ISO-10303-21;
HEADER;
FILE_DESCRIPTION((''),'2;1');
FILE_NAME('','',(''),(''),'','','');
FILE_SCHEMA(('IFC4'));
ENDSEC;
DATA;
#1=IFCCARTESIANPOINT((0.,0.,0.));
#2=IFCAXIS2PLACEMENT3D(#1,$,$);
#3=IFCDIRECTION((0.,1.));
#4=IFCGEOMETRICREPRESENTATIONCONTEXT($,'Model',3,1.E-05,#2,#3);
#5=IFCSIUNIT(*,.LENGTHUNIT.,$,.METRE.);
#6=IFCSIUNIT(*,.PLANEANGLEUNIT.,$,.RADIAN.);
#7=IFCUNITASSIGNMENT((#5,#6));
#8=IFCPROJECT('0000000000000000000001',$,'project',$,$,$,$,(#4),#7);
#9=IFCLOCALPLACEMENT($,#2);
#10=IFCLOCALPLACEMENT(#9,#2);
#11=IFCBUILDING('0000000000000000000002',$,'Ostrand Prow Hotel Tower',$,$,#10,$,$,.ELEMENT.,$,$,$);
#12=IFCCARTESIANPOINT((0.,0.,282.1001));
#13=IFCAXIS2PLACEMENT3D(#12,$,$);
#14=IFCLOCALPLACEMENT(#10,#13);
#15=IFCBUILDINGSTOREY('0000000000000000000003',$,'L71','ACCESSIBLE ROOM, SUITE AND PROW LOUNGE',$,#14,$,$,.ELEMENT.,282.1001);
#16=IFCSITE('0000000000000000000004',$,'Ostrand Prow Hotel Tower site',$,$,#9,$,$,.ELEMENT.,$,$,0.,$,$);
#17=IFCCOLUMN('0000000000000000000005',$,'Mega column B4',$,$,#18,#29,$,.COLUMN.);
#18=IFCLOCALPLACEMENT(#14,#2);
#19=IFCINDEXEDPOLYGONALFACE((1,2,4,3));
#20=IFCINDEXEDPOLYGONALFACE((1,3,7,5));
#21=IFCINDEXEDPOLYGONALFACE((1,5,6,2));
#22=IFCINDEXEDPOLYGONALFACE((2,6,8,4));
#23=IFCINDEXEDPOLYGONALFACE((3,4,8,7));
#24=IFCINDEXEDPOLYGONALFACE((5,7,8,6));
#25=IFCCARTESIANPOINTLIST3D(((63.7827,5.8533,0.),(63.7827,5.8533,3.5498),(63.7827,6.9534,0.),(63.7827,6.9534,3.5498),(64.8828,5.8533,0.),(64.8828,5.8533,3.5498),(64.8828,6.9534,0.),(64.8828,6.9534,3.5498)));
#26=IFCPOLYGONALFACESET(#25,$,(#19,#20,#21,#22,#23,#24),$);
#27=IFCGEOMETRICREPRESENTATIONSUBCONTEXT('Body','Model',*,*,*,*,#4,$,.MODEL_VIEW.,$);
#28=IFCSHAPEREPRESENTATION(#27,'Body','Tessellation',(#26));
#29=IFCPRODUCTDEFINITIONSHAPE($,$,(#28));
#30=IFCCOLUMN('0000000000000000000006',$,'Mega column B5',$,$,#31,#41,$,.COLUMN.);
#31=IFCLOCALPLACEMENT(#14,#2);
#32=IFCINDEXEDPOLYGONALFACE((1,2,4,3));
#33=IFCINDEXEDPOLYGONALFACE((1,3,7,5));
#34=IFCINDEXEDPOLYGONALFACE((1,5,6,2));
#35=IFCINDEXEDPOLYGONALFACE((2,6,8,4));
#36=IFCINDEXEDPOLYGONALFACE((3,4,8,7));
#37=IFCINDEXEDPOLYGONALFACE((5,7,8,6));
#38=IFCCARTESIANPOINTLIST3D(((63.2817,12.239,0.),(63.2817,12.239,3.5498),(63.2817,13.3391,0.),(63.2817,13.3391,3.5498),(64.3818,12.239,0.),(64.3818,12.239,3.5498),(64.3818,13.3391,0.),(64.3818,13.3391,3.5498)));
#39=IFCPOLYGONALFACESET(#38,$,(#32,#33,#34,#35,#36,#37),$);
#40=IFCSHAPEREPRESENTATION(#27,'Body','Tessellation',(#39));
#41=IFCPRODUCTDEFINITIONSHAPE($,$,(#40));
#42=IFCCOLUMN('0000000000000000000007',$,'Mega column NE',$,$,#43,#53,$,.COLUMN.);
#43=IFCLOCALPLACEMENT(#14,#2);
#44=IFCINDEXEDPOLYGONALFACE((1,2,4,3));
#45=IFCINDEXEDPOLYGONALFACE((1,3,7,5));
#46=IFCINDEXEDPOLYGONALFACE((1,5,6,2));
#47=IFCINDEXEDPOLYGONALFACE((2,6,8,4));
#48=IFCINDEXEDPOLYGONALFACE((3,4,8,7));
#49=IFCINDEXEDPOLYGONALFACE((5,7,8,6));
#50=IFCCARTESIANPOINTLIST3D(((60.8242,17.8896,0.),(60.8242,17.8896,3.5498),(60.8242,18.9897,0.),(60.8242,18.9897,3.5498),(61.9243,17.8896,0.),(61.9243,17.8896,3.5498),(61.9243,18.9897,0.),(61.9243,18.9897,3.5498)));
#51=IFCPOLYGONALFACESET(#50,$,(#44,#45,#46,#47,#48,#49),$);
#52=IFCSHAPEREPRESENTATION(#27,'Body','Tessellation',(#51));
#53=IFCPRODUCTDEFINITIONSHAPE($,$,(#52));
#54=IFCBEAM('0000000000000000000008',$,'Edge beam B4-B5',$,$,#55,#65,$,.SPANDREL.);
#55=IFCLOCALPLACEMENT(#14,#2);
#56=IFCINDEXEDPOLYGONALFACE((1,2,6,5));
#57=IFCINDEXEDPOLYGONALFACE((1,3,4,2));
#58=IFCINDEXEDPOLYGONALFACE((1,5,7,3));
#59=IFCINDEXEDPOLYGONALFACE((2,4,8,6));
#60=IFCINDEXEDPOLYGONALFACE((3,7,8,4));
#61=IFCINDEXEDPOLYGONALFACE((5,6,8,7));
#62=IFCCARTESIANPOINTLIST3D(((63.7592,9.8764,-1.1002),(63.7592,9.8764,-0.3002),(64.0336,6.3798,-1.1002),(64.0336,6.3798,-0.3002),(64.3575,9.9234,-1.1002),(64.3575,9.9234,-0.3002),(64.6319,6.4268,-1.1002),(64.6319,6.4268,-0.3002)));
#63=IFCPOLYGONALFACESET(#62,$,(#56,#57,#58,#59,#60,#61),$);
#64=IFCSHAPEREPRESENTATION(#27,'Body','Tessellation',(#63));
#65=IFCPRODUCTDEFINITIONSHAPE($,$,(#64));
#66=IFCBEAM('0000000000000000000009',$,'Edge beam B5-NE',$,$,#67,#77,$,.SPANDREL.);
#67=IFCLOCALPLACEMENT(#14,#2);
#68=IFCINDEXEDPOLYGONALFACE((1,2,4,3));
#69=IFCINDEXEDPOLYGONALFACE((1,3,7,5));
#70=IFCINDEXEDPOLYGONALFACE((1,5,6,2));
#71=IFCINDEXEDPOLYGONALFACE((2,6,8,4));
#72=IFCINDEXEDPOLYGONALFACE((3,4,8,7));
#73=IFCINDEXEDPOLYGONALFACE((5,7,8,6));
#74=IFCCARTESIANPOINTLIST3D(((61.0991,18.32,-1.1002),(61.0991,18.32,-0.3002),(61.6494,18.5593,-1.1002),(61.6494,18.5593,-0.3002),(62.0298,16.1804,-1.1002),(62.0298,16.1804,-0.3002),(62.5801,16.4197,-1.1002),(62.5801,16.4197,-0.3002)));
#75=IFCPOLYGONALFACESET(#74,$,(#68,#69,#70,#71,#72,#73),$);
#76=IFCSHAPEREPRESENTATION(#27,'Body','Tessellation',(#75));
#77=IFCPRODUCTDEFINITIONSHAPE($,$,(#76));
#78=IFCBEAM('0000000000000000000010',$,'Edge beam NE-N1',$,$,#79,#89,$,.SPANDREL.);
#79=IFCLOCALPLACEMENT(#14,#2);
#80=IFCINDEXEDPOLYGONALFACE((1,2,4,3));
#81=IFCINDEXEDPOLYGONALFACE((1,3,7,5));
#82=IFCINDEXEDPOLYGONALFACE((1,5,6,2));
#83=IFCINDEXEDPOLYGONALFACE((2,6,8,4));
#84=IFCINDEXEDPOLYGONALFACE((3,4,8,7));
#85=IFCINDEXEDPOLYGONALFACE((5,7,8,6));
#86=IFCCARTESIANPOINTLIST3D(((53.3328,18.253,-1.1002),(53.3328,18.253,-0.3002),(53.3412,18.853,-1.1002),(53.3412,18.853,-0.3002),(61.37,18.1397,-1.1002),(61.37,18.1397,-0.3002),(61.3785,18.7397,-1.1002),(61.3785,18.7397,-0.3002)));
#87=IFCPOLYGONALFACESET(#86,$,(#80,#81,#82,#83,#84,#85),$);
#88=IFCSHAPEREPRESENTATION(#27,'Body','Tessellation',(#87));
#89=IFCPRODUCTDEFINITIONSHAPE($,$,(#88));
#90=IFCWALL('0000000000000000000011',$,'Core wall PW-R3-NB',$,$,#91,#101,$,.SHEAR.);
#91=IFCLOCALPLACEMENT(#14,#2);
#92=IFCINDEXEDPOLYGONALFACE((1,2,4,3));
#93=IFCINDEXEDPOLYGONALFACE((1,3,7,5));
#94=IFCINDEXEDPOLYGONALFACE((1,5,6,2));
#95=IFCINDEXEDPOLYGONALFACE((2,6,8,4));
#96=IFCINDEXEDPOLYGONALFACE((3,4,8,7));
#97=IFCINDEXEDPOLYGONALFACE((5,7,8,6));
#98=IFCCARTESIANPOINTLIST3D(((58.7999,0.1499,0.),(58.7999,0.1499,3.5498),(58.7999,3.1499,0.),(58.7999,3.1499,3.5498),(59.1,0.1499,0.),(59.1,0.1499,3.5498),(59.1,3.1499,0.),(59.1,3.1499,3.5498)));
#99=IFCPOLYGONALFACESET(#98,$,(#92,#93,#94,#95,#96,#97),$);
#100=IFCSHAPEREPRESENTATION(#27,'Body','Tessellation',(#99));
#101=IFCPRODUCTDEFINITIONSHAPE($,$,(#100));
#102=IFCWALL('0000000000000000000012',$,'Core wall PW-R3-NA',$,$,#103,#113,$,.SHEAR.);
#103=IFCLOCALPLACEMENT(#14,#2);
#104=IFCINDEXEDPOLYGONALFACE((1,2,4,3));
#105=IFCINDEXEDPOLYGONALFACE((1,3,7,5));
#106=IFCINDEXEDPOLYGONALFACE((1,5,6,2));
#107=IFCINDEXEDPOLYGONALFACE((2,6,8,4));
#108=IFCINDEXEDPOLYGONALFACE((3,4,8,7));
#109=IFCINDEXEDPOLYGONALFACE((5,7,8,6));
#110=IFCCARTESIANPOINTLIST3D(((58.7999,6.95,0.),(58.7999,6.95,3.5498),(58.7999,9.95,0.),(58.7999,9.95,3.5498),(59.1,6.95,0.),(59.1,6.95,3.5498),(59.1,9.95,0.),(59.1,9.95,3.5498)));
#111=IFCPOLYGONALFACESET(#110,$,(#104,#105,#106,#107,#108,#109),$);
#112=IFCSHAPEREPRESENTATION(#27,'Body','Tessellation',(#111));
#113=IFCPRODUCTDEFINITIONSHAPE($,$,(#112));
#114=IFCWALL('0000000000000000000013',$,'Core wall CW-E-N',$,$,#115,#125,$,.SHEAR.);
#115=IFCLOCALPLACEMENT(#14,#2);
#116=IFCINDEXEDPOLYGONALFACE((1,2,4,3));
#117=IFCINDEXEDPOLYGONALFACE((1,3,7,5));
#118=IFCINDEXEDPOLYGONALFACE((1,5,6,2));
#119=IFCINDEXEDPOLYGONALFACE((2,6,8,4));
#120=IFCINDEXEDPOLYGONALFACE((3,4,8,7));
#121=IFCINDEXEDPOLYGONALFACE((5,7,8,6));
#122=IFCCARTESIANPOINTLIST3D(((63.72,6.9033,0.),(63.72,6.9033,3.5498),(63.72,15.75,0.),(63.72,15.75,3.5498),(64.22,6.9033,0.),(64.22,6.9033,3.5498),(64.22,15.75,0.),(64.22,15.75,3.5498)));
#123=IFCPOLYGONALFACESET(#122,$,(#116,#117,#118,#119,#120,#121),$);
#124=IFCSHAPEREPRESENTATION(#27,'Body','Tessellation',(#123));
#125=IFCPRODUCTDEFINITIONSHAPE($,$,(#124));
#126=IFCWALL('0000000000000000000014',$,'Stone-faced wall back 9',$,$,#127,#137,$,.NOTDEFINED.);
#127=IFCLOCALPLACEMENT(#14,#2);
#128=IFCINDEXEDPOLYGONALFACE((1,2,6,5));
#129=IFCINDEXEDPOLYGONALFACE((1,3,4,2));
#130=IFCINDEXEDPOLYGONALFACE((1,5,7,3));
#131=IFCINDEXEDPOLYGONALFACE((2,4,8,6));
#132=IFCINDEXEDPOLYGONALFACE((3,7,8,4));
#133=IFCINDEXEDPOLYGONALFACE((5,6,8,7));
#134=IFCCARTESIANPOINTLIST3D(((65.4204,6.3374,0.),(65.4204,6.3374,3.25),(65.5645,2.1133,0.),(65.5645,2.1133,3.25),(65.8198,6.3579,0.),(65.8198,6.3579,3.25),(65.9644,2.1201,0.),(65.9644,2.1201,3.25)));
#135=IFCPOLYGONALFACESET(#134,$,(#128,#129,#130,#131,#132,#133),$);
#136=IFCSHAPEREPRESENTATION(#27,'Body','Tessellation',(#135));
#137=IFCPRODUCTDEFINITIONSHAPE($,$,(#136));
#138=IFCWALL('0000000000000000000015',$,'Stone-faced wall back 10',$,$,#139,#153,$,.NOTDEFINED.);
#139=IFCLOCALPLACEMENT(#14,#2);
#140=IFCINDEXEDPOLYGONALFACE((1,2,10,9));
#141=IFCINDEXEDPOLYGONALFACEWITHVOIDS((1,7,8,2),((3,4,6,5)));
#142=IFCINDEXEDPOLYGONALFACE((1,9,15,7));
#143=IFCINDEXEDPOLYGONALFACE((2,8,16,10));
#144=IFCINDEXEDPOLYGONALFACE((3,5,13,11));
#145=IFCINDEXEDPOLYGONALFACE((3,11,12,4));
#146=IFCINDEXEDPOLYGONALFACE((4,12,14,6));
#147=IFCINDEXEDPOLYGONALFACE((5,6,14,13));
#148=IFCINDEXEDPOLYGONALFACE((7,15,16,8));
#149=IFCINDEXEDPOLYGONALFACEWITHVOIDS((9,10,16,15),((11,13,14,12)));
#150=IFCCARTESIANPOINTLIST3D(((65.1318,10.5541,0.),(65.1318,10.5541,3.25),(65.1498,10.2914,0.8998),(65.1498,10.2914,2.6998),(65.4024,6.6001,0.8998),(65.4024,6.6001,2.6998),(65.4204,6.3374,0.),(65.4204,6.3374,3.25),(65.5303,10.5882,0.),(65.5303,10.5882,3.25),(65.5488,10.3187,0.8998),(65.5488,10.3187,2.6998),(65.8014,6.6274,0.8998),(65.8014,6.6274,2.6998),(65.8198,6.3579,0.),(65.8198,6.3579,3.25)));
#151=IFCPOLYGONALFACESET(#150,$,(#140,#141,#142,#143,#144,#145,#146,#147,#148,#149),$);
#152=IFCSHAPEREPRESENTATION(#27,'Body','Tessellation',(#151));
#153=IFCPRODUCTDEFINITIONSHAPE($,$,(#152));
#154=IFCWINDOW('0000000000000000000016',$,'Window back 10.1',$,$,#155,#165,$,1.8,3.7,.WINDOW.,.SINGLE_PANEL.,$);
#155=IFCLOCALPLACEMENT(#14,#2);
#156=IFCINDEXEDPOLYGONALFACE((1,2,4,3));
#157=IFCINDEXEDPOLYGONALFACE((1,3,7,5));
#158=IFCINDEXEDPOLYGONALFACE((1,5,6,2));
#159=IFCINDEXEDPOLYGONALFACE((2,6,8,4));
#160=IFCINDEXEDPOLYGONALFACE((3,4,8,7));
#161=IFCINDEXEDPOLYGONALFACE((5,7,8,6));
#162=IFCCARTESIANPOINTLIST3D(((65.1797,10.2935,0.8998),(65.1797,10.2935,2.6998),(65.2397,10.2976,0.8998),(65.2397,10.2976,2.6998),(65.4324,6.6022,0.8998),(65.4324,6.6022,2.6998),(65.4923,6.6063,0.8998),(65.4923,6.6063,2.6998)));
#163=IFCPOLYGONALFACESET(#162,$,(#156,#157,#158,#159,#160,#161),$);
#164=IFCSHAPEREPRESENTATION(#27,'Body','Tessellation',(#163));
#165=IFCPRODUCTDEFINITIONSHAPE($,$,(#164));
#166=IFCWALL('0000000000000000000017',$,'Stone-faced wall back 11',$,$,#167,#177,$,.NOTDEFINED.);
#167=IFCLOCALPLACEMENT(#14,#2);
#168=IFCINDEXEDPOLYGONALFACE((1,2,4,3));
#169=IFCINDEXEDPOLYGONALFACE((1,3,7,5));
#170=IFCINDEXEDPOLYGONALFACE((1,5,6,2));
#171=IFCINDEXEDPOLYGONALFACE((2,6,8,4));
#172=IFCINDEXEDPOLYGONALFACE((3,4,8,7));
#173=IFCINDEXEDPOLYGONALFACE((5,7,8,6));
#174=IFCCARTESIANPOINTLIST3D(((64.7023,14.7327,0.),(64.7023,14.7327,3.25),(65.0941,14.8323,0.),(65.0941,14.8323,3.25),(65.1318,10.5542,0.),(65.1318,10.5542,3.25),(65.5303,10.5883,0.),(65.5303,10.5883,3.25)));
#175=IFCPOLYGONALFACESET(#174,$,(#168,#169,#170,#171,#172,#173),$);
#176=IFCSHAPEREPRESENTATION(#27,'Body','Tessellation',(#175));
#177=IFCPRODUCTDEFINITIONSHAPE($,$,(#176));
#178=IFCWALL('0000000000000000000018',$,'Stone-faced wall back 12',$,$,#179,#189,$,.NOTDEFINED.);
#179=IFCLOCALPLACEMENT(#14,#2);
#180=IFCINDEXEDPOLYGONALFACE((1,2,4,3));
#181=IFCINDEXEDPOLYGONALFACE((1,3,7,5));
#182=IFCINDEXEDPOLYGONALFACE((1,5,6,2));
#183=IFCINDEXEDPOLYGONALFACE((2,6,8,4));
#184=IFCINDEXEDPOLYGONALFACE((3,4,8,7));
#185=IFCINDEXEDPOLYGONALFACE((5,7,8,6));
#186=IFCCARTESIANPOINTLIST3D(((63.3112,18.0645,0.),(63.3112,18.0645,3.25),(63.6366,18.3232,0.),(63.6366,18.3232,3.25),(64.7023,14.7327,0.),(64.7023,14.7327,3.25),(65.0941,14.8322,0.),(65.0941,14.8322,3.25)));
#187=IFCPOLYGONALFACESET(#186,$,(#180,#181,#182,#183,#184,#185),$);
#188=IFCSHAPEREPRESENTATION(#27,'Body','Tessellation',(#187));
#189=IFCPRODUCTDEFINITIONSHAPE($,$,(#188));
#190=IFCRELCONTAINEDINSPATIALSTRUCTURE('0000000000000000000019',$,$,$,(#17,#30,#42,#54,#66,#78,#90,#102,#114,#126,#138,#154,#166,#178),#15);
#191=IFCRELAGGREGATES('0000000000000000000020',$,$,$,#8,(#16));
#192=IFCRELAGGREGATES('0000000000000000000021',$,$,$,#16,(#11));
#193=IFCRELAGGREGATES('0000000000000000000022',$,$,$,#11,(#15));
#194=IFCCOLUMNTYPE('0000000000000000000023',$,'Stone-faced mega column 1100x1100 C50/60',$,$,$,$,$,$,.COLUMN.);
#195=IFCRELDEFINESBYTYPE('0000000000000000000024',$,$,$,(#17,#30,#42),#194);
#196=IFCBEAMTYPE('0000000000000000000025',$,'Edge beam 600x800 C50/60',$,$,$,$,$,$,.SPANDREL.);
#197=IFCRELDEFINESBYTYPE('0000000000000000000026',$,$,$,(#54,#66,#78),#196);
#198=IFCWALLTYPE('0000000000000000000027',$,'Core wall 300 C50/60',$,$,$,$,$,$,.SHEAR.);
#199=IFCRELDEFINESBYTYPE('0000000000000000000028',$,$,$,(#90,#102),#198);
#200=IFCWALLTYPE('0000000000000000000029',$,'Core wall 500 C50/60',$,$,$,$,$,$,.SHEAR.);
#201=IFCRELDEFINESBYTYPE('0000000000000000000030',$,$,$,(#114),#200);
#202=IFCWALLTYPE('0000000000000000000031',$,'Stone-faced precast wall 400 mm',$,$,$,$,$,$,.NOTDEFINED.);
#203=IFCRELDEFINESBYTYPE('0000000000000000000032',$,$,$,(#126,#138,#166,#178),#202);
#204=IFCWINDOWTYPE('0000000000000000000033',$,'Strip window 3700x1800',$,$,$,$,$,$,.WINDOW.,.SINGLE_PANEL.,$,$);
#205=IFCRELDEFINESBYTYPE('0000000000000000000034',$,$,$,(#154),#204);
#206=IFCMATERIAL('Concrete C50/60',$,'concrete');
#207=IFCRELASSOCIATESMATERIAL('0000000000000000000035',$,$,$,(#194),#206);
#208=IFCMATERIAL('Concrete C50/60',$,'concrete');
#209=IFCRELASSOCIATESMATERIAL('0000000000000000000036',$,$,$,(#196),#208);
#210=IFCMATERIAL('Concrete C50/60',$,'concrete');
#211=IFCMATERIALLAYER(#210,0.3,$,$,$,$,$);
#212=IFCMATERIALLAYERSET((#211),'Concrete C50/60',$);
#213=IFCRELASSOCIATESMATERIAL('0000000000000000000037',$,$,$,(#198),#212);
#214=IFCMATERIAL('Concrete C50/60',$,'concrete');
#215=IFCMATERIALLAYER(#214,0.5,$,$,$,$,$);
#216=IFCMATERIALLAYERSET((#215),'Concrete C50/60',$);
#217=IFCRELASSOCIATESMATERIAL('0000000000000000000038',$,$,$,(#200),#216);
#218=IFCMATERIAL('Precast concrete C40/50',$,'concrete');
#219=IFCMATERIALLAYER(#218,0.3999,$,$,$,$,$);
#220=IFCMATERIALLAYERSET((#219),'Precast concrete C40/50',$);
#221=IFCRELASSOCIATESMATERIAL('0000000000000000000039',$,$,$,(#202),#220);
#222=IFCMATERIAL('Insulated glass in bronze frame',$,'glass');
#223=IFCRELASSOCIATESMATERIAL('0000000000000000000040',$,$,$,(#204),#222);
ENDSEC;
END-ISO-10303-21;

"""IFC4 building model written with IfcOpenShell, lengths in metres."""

from ifc_helpers import new_model, si_unit, direction, frame, frame_2d, origin, origin_2d, place, context, subcontext, project, spatial, polyline, rectangle, outline, extrude, material, layer, layer_set, material_profile, profile_set, type_object, element, fill, save


model = new_model("IFC4")

# Units and contexts
model_context = context("Model", 3, precision=1e-05, world=origin(), true_north=direction((0.0, 1.0)))
body_context = subcontext(model_context, "Body", "Model", "MODEL_VIEW")
ifc_project = project(units=[si_unit("LENGTHUNIT", "METRE"), si_unit("PLANEANGLEUNIT", "RADIAN")], contexts=[model_context])

# Site, building, storey
site_placement = place(None, origin())
site = spatial("IfcSite", under=ifc_project, at=site_placement, Name="Ostrand Prow Hotel Tower site", CompositionType="ELEMENT", RefElevation=0.0)
building_placement = place(site_placement, origin())
building = spatial("IfcBuilding", under=site, at=building_placement, Name="Ostrand Prow Hotel Tower", CompositionType="ELEMENT")
storey_placement = place(building_placement, frame((0.0, 0.0, 282.1001)))
storey = spatial("IfcBuildingStorey", under=building, at=storey_placement, Name="L71", Description="ACCESSIBLE ROOM, SUITE AND PROW LOUNGE", CompositionType="ELEMENT", Elevation=282.1001)

# Columns
ifc_material_1 = material(Name="Concrete C50/60", Category="concrete")
ifc_material_profile_1 = material_profile(ifc_material_1, rectangle(XDim=1.1001, YDim=1.1001, at=origin_2d()), Name="RC 1100x1100")
ifc_profile_set_1 = profile_set([ifc_material_profile_1], Name="Concrete C50/60")
column_type = type_object("IfcColumnType", Name="Stone-faced mega column 1100x1100 C50/60", PredefinedType="COLUMN", material=ifc_profile_set_1)
for number, where, z_axis, x_axis, name in (
    (1, (64.3328, 6.4033, 0.0), (0.0, 0.0, 1.0), (1.0, 0.0, 0.0), "Mega column B4"),
    (2, (63.8318, 12.7891, 0.0), (0.0, 0.0, 1.0), (1.0, 0.0, 0.0), "Mega column B5"),
    (3, (61.3743, 18.4397, 0.0), (0.0, 0.0, 1.0), (1.0, 0.0, 0.0), "Mega column NE"),
):
    element("IfcColumn", number, at=place(storey_placement, frame(where, z_axis=z_axis, x_axis=x_axis)), inside=storey, type_object=column_type, Name=name, PredefinedType="COLUMN", context=body_context, shape_type="SweptSolid", body=[
        extrude(rectangle(XDim=1.1001, YDim=1.1001, at=origin_2d()), origin(), (0.0, 0.0, 1.0), 3.5498),
    ])

# Beams
ifc_material_2 = material(Name="Concrete C50/60", Category="concrete")
ifc_material_profile_2 = material_profile(ifc_material_2, rectangle(XDim=0.6001, YDim=0.8, at=origin_2d()), Name="RC 600x800")
ifc_profile_set_2 = profile_set([ifc_material_profile_2], Name="Concrete C50/60")
beam_type = type_object("IfcBeamType", Name="Edge beam 600x800 C50/60", PredefinedType="SPANDREL", material=ifc_profile_set_2)
beam_1_placement = place(storey_placement, frame((64.3328, 6.4033, -0.7002), z_axis=(-0.07824, 0.996935, 0.0), x_axis=(-0.996935, -0.07824, 0.0)))
element("IfcBeam", 4, at=beam_1_placement, inside=storey, type_object=beam_type, Name="Edge beam B4-B5", PredefinedType="SPANDREL", context=body_context, shape_type="SweptSolid", body=[
    extrude(rectangle(XDim=0.6001, YDim=0.8, at=origin_2d()), origin(), (0.0, 0.0, 1.0), 3.5073),
])
beam_2_placement = place(storey_placement, frame((62.3049, 16.3, -0.7002), z_axis=(-0.398864, 0.91701, 0.0), x_axis=(-0.91701, -0.398864, 0.0)))
element("IfcBeam", 5, at=beam_2_placement, inside=storey, type_object=beam_type, Name="Edge beam B5-NE", PredefinedType="SPANDREL", context=body_context, shape_type="SweptSolid", body=[
    extrude(rectangle(XDim=0.6001, YDim=0.8, at=origin_2d()), origin(), (0.0, 0.0, 1.0), 2.3333),
])
beam_3_placement = place(storey_placement, frame((61.3743, 18.4397, -0.7002), z_axis=(-0.999901, 0.014093, 0.0), x_axis=(-0.014093, -0.999901, 0.0)))
element("IfcBeam", 6, at=beam_3_placement, inside=storey, type_object=beam_type, Name="Edge beam NE-N1", PredefinedType="SPANDREL", context=body_context, shape_type="SweptSolid", body=[
    extrude(rectangle(XDim=0.6001, YDim=0.8, at=origin_2d()), origin(), (0.0, 0.0, 1.0), 8.0381),
])

# Walls
ifc_material_3 = material(Name="Concrete C50/60", Category="concrete")
ifc_layer_1 = layer(ifc_material_3, 0.3)
ifc_layer_set_1 = layer_set([ifc_layer_1], Name="Concrete C50/60")
wall_type_1 = type_object("IfcWallType", Name="Core wall 300 C50/60", PredefinedType="SHEAR", material=ifc_layer_set_1)
for number, where, z_axis, x_axis, name in (
    (7, (58.95, 0.1499, 0.0), (0.0, 0.0, 1.0), (0.0, 1.0, 0.0), "Core wall PW-R3-NB"),
    (8, (58.95, 6.95, 0.0), (0.0, 0.0, 1.0), (0.0, 1.0, 0.0), "Core wall PW-R3-NA"),
):
    element("IfcWall", number, at=place(storey_placement, frame(where, z_axis=z_axis, x_axis=x_axis)), inside=storey, type_object=wall_type_1, Name=name, PredefinedType="SHEAR", context=body_context, shape_type="SweptSolid", body=[
        extrude(rectangle(XDim=3.0, YDim=0.3, at=frame_2d((1.5, 0.0))), origin(), (0.0, 0.0, 1.0), 3.5498),
    ])
ifc_material_4 = material(Name="Concrete C50/60", Category="concrete")
ifc_layer_2 = layer(ifc_material_4, 0.5)
ifc_layer_set_2 = layer_set([ifc_layer_2], Name="Concrete C50/60")
wall_type_2 = type_object("IfcWallType", Name="Core wall 500 C50/60", PredefinedType="SHEAR", material=ifc_layer_set_2)
wall_1_placement = place(storey_placement, frame((63.97, 6.9033, 0.0), z_axis=(0.0, 0.0, 1.0), x_axis=(0.0, 1.0, 0.0)))
element("IfcWall", 9, at=wall_1_placement, inside=storey, type_object=wall_type_2, Name="Core wall CW-E-N", PredefinedType="SHEAR", context=body_context, shape_type="SweptSolid", body=[
    extrude(rectangle(XDim=8.8467, YDim=0.5, at=frame_2d((4.4233, 0.0))), origin(), (0.0, 0.0, 1.0), 3.5498),
])
ifc_material_5 = material(Name="Precast concrete C40/50", Category="concrete")
ifc_layer_3 = layer(ifc_material_5, 0.3999)
ifc_layer_set_3 = layer_set([ifc_layer_3], Name="Precast concrete C40/50")
wall_type_3 = type_object("IfcWallType", Name="Stone-faced precast wall 400 mm", PredefinedType="NOTDEFINED", material=ifc_layer_set_3)
wall_2_placement = place(storey_placement, frame((65.7644, 2.1167, 0.0), z_axis=(0.0, 0.0, 1.0), x_axis=(-0.034083, 0.999419, 0.0)))
element("IfcWall", 10, at=wall_2_placement, inside=storey, type_object=wall_type_3, Name="Stone-faced wall back 9", PredefinedType="NOTDEFINED", context=body_context, shape_type="SweptSolid", body=[
    extrude(outline(polyline([(-0.0034, -0.2), (4.2368, -0.2), (4.23, 0.2), (0.0034, 0.2), (-0.0034, -0.2)])), origin(), (0.0, 0.0, 1.0), 3.25),
])

# Wall, opening, window
wall_3_placement = place(storey_placement, frame((65.6201, 6.3477, 0.0), z_axis=(0.0, 0.0, 1.0), x_axis=(-0.06828, 0.997666, 0.0)))
wall_3 = element("IfcWall", 11, at=wall_3_placement, inside=storey, type_object=wall_type_3, Name="Stone-faced wall back 10", PredefinedType="NOTDEFINED", context=body_context, shape_type="SweptSolid", body=[
    extrude(outline(polyline([(-0.0034, -0.2), (4.2368, -0.2), (4.23, 0.2), (0.0034, 0.2), (-0.0034, -0.2)])), origin(), (0.0, 0.0, 1.0), 3.25),
])
opening_placement = place(wall_3_placement, frame((0.2666, 0.0, 0.8999)))
opening = element("IfcOpeningElement", 12, at=opening_placement, cuts=wall_3, PredefinedType="OPENING", context=body_context, shape_type="SweptSolid", body=[
    extrude(rectangle(XDim=3.7, YDim=1.8, at=frame_2d((1.8501, 0.8999))), frame((0.0, 0.21, 0.0), z_axis=(0.0, -1.0, 0.0), x_axis=(1.0, 0.0, 0.0)), (0.0, 0.0, 1.0), 0.4199),
])
ifc_material_6 = material(Name="Insulated glass in bronze frame", Category="glass")
window_type = type_object("IfcWindowType", Name="Strip window 3700x1800", PartitioningType="SINGLE_PANEL", PredefinedType="WINDOW", material=ifc_material_6)
window_placement = place(opening_placement, origin())
window = element("IfcWindow", 13, at=window_placement, inside=storey, type_object=window_type, Name="Window back 10.1", OverallHeight=1.8, OverallWidth=3.7, PartitioningType="SINGLE_PANEL", PredefinedType="WINDOW", context=body_context, shape_type="SweptSolid", body=[
    extrude(rectangle(XDim=3.7, YDim=1.8, at=frame_2d((1.8501, 0.8999))), frame((0.0, 0.1699, 0.0), z_axis=(0.0, -1.0, 0.0), x_axis=(1.0, 0.0, 0.0)), (0.0, 0.0, 1.0), 0.0601),
])
fill(opening, window)

# Walls
wall_4_placement = place(storey_placement, frame((65.3311, 10.5713, 0.0), z_axis=(0.0, 0.0, 1.0), x_axis=(-0.10225, 0.994759, 0.0)))
element("IfcWall", 14, at=wall_4_placement, inside=storey, type_object=wall_type_3, Name="Stone-faced wall back 11", PredefinedType="NOTDEFINED", context=body_context, shape_type="SweptSolid", body=[
    extrude(outline(polyline([(-0.0034, -0.2), (4.2629, -0.2), (4.2039, 0.2), (0.0034, 0.2), (-0.0034, -0.2)])), origin(), (0.0, 0.0, 1.0), 3.25),
])
wall_5_placement = place(storey_placement, frame((64.8982, 14.7825, 0.0), z_axis=(0.0, 0.0, 1.0), x_axis=(-0.385286, 0.922797, 0.0)))
element("IfcWall", 15, at=wall_5_placement, inside=storey, type_object=wall_type_3, Name="Stone-faced wall back 12", PredefinedType="NOTDEFINED", context=body_context, shape_type="SweptSolid", body=[
    extrude(outline(polyline([(-0.0295, -0.2), (3.7534, -0.2), (3.6401, 0.2), (0.0295, 0.2), (-0.0295, -0.2)])), origin(), (0.0, 0.0, 1.0), 3.25),
])

save(model, "model.ifc")
